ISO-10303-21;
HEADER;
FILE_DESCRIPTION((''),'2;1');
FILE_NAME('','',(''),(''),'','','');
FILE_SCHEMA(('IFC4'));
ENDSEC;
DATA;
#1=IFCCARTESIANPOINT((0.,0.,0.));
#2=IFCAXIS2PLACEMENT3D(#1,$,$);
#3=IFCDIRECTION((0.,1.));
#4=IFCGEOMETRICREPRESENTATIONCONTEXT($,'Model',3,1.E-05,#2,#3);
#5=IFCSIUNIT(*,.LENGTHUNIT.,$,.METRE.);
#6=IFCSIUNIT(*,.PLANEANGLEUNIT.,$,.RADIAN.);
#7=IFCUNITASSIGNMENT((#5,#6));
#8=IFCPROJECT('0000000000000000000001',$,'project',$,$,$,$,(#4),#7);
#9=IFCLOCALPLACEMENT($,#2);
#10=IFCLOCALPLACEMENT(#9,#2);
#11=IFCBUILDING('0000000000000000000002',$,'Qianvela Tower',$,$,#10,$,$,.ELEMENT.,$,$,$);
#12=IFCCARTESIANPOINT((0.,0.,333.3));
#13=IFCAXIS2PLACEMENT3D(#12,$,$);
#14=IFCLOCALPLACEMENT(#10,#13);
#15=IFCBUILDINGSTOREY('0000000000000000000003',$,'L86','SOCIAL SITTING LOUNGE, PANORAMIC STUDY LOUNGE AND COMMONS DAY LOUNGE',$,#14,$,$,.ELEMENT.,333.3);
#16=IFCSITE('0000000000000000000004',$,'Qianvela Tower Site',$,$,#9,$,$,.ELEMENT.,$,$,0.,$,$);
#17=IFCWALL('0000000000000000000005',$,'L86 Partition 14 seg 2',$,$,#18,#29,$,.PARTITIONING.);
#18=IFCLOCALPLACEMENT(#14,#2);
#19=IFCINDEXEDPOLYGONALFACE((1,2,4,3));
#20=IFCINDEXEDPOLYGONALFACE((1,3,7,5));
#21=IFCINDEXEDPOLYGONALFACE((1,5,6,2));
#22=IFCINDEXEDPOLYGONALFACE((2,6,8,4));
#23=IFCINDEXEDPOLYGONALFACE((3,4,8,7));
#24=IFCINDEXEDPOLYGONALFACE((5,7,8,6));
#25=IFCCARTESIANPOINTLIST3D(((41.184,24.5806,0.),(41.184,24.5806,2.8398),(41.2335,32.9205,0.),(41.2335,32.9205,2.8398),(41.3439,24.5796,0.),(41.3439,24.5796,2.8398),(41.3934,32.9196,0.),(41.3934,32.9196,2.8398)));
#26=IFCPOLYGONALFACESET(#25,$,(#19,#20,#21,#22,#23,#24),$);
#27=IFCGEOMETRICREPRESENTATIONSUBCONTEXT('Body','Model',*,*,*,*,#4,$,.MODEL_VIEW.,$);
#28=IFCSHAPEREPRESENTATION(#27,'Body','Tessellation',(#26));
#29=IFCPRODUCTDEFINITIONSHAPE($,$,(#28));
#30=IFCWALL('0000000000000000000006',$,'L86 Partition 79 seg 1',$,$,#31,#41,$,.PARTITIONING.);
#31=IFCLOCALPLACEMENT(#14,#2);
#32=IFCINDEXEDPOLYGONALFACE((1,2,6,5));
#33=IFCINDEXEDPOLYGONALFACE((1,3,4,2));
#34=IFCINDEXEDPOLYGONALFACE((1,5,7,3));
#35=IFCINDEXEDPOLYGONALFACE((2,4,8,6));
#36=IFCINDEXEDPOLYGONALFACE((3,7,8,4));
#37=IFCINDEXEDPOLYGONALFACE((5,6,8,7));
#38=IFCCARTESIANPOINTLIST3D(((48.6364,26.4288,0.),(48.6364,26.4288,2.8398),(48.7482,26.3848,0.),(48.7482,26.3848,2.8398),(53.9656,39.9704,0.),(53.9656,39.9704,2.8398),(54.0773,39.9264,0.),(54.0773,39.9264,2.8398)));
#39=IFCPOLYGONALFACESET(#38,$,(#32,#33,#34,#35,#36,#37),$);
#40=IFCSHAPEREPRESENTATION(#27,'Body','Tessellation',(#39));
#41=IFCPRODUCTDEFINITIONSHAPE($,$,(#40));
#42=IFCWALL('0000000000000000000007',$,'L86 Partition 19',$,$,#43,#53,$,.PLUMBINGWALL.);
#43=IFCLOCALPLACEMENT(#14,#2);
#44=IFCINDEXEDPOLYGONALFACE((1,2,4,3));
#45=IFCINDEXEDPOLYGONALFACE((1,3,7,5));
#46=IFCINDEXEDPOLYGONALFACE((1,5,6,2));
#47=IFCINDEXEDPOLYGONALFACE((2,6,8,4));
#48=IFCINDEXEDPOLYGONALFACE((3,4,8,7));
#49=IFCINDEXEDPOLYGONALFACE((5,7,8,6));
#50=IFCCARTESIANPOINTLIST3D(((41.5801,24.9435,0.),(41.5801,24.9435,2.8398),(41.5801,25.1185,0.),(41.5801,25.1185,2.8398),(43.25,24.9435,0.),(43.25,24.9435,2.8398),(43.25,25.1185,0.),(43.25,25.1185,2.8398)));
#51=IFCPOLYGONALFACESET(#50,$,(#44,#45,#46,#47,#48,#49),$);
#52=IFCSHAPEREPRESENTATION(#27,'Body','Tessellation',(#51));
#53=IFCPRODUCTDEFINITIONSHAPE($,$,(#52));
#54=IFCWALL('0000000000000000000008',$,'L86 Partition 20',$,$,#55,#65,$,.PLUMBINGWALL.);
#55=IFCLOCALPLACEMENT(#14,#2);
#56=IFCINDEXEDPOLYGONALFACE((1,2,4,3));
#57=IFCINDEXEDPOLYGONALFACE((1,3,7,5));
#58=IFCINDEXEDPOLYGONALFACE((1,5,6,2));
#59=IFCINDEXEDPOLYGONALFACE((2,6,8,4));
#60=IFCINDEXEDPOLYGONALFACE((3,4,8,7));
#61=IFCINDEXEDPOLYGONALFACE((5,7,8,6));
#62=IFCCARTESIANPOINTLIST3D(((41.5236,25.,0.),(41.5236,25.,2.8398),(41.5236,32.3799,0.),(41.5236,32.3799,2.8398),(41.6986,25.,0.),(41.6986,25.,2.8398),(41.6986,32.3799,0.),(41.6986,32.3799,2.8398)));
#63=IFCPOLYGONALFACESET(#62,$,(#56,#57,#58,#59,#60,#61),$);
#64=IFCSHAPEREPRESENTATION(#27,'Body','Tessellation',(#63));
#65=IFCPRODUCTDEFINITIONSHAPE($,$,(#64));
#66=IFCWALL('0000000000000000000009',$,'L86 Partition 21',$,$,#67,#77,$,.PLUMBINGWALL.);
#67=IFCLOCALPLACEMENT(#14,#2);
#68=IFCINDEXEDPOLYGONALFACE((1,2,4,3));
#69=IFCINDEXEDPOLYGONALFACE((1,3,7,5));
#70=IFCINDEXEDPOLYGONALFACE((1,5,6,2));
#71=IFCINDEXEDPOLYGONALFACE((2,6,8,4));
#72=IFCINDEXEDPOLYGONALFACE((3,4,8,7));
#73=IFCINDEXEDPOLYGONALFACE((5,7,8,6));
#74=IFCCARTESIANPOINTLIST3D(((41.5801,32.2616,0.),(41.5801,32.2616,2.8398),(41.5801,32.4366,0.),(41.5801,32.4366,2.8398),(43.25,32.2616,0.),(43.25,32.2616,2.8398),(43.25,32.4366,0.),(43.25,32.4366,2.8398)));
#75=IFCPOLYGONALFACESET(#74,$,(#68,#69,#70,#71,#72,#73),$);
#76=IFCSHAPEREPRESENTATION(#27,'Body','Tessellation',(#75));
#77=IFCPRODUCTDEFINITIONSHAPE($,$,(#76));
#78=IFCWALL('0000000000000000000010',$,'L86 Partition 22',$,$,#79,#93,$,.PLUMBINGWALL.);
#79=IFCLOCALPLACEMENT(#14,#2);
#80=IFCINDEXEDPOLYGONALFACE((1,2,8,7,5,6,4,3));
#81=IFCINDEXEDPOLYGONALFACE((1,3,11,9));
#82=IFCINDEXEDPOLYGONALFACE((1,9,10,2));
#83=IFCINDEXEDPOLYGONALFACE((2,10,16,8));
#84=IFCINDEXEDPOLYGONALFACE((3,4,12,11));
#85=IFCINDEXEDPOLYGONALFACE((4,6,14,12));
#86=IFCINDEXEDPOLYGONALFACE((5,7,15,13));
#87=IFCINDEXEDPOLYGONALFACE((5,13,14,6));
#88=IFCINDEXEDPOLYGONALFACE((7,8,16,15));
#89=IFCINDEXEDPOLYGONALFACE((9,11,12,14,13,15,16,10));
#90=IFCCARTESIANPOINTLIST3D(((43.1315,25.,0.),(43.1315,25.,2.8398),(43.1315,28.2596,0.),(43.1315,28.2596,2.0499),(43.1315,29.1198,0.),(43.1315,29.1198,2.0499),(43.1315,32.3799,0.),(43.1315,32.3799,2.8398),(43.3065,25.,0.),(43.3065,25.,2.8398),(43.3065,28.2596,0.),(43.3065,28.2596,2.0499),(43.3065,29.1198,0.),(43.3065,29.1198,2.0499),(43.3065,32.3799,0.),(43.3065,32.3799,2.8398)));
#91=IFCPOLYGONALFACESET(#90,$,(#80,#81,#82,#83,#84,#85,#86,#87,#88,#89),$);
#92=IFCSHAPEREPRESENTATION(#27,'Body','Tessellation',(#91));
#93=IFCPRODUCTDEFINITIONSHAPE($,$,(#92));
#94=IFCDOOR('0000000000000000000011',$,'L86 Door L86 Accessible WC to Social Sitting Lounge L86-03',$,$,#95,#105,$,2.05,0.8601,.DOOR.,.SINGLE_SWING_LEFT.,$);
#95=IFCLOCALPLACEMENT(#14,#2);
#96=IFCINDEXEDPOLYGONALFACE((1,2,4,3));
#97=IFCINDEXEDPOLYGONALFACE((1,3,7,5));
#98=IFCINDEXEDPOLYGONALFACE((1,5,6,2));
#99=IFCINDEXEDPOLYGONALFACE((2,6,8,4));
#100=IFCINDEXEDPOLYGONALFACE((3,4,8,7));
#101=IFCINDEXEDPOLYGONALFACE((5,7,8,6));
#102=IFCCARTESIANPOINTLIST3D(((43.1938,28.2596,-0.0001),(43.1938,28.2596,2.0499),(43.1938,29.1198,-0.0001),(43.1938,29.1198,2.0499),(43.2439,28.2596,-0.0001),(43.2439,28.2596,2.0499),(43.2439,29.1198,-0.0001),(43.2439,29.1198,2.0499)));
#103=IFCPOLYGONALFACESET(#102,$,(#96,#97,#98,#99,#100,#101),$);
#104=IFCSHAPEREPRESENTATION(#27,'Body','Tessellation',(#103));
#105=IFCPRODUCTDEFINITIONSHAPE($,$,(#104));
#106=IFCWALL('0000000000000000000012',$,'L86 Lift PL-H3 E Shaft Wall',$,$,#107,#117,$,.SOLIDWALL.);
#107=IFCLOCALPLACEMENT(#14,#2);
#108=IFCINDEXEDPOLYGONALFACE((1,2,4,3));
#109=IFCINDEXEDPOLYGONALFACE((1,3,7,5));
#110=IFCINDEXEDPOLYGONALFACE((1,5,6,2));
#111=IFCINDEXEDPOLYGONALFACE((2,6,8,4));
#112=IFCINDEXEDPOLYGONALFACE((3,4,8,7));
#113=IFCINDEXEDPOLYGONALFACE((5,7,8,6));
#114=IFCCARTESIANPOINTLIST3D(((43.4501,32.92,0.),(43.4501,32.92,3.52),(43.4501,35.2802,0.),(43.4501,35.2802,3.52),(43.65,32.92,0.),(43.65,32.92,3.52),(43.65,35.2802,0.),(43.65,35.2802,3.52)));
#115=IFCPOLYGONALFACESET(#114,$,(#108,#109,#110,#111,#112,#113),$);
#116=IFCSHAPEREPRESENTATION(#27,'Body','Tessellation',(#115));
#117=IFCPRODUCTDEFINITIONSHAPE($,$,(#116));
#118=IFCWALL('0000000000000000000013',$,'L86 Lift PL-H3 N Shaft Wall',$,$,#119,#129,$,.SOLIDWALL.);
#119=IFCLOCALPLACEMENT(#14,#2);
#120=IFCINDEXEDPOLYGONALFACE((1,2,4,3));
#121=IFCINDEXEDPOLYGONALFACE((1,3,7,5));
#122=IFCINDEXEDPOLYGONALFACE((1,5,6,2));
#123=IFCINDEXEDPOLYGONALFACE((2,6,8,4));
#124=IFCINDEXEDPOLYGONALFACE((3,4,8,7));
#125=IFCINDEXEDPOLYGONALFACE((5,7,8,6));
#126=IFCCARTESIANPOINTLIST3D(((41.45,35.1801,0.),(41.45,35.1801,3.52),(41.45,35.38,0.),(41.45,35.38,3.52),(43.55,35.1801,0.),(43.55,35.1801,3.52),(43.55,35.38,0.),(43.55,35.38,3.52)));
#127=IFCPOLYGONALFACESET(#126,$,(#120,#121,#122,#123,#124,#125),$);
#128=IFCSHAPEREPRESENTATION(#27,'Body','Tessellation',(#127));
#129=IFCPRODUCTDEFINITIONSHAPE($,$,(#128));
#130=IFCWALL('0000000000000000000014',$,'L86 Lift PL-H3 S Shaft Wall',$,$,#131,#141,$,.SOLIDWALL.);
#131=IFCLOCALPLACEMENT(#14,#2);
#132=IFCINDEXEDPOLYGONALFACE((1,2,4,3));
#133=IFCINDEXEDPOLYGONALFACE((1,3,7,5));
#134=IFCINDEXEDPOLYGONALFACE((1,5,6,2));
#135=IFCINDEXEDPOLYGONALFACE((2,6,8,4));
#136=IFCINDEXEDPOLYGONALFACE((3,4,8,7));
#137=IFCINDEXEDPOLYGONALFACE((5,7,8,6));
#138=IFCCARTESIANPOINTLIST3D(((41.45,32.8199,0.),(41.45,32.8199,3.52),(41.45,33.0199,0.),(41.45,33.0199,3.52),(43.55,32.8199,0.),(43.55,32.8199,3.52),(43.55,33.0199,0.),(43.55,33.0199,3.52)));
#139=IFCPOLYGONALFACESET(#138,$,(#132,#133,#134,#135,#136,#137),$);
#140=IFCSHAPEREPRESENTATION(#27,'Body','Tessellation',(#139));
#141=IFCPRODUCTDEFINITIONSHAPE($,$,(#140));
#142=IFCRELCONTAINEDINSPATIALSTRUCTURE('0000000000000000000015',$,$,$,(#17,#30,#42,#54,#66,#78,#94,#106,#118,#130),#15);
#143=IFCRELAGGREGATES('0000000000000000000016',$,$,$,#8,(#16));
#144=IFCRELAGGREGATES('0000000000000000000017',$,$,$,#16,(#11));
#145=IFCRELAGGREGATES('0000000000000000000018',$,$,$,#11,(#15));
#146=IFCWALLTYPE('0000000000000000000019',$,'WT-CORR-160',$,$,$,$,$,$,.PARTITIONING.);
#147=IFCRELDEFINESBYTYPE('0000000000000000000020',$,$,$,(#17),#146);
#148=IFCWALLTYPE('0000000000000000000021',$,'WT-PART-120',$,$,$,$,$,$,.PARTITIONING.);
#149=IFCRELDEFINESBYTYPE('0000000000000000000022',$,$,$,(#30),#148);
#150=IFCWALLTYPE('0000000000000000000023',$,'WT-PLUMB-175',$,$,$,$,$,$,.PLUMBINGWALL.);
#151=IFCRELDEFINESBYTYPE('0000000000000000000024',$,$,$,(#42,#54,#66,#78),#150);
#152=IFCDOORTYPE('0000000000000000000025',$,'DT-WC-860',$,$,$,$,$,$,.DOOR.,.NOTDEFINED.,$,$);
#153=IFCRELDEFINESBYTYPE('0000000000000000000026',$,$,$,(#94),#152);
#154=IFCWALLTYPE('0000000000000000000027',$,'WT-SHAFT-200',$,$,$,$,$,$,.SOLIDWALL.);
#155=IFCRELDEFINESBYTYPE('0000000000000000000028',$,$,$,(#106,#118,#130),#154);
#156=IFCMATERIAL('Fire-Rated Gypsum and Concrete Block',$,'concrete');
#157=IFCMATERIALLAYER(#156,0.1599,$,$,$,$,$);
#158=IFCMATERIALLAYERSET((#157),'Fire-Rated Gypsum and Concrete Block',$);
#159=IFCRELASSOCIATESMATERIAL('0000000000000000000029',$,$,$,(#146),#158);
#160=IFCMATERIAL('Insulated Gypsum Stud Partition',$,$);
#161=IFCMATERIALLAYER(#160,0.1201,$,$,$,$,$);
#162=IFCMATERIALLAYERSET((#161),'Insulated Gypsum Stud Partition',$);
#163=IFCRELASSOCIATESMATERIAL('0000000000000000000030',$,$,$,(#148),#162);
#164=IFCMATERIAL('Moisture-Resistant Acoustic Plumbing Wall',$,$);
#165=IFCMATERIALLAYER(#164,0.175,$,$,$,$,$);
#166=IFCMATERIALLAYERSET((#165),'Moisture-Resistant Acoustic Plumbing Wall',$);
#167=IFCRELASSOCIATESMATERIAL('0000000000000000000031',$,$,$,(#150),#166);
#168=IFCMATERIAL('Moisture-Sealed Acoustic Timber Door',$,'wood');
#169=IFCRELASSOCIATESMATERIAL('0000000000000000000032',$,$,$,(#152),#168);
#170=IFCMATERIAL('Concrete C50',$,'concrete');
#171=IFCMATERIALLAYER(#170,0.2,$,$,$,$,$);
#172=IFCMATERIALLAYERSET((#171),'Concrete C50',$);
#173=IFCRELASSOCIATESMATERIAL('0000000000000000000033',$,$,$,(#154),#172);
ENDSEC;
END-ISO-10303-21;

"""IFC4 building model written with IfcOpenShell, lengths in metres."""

from ifc_helpers import new_model, si_unit, direction, frame, frame_2d, origin, place, context, subcontext, project, spatial, rectangle, extrude, material, layer, layer_set, type_object, element, fill, save


model = new_model("IFC4")

# Units and contexts
model_context = context("Model", 3, precision=1e-05, world=origin(), true_north=direction((0.0, 1.0)))
body_context = subcontext(model_context, "Body", "Model", "MODEL_VIEW")
ifc_project = project(units=[si_unit("LENGTHUNIT", "METRE"), si_unit("PLANEANGLEUNIT", "RADIAN")], contexts=[model_context])

# Site, building, storey
site_placement = place(None, origin())
site = spatial("IfcSite", under=ifc_project, at=site_placement, Name="Qianvela Tower Site", CompositionType="ELEMENT", RefElevation=0.0)
building_placement = place(site_placement, origin())
building = spatial("IfcBuilding", under=site, at=building_placement, Name="Qianvela Tower", CompositionType="ELEMENT")
storey_placement = place(building_placement, frame((0.0, 0.0, 333.3)))
storey = spatial("IfcBuildingStorey", under=building, at=storey_placement, Name="L86", Description="SOCIAL SITTING LOUNGE, PANORAMIC STUDY LOUNGE AND COMMONS DAY LOUNGE", CompositionType="ELEMENT", Elevation=333.3)

# Walls
ifc_material_1 = material(Name="Fire-Rated Gypsum and Concrete Block", Category="concrete")
ifc_layer_1 = layer(ifc_material_1, 0.1599)
ifc_layer_set_1 = layer_set([ifc_layer_1], Name="Fire-Rated Gypsum and Concrete Block")
wall_type_1 = type_object("IfcWallType", Name="WT-CORR-160", PredefinedType="PARTITIONING", material=ifc_layer_set_1)
wall_1_placement = place(storey_placement, frame((41.3135, 32.9199, 0.0), z_axis=(0.0, 0.0, 1.0), x_axis=(-0.005943, -0.999982, 0.0)))
element("IfcWall", 1, at=wall_1_placement, inside=storey, type_object=wall_type_1, Name="L86 Partition 14 seg 2", PredefinedType="PARTITIONING", context=body_context, shape_type="SweptSolid", body=[
    extrude(rectangle(XDim=8.3401, YDim=0.1599, at=frame_2d((4.1699, 0.0))), origin(), (0.0, 0.0, 1.0), 2.8398),
])
ifc_material_2 = material(Name="Insulated Gypsum Stud Partition")
ifc_layer_2 = layer(ifc_material_2, 0.1201)
ifc_layer_set_2 = layer_set([ifc_layer_2], Name="Insulated Gypsum Stud Partition")
wall_type_2 = type_object("IfcWallType", Name="WT-PART-120", PredefinedType="PARTITIONING", material=ifc_layer_set_2)
wall_2_placement = place(storey_placement, frame((54.0215, 39.9485, 0.0), z_axis=(0.0, 0.0, 1.0), x_axis=(-0.366201, -0.930536, 0.0)))
element("IfcWall", 2, at=wall_2_placement, inside=storey, type_object=wall_type_2, Name="L86 Partition 79 seg 1", PredefinedType="PARTITIONING", context=body_context, shape_type="SweptSolid", body=[
    extrude(rectangle(XDim=14.5525, YDim=0.1201, at=frame_2d((7.2764, 0.0))), origin(), (0.0, 0.0, 1.0), 2.8398),
])
ifc_material_3 = material(Name="Moisture-Resistant Acoustic Plumbing Wall")
ifc_layer_3 = layer(ifc_material_3, 0.175)
ifc_layer_set_3 = layer_set([ifc_layer_3], Name="Moisture-Resistant Acoustic Plumbing Wall")
wall_type_3 = type_object("IfcWallType", Name="WT-PLUMB-175", PredefinedType="PLUMBINGWALL", material=ifc_layer_set_3)
wall_3_placement = place(storey_placement, frame((43.25, 25.031, 0.0), z_axis=(0.0, 0.0, 1.0), x_axis=(-1.0, 0.0, 0.0)))
element("IfcWall", 3, at=wall_3_placement, inside=storey, type_object=wall_type_3, Name="L86 Partition 19", PredefinedType="PLUMBINGWALL", context=body_context, shape_type="SweptSolid", body=[
    extrude(rectangle(XDim=1.6699, YDim=0.175, at=frame_2d((0.835, 0.0))), origin(), (0.0, 0.0, 1.0), 2.8398),
])
wall_4_placement = place(storey_placement, frame((41.6111, 25.0, 0.0), z_axis=(0.0, 0.0, 1.0), x_axis=(0.0, 1.0, 0.0)))
element("IfcWall", 4, at=wall_4_placement, inside=storey, type_object=wall_type_3, Name="L86 Partition 20", PredefinedType="PLUMBINGWALL", context=body_context, shape_type="SweptSolid", body=[
    extrude(rectangle(XDim=7.3799, YDim=0.175, at=frame_2d((3.6899, 0.0))), origin(), (0.0, 0.0, 1.0), 2.8398),
])
wall_5_placement = place(storey_placement, frame((41.5801, 32.3491, 0.0), z_axis=(0.0, 0.0, 1.0), x_axis=(1.0, 0.0, 0.0)))
element("IfcWall", 5, at=wall_5_placement, inside=storey, type_object=wall_type_3, Name="L86 Partition 21", PredefinedType="PLUMBINGWALL", context=body_context, shape_type="SweptSolid", body=[
    extrude(rectangle(XDim=1.6699, YDim=0.175, at=frame_2d((0.835, 0.0))), origin(), (0.0, 0.0, 1.0), 2.8398),
])

# Wall, opening, door
wall_6_placement = place(storey_placement, frame((43.219, 32.3799, 0.0), z_axis=(0.0, 0.0, 1.0), x_axis=(0.0, -1.0, 0.0)))
wall_6 = element("IfcWall", 6, at=wall_6_placement, inside=storey, type_object=wall_type_3, Name="L86 Partition 22", PredefinedType="PLUMBINGWALL", context=body_context, shape_type="SweptSolid", body=[
    extrude(rectangle(XDim=7.3799, YDim=0.175, at=frame_2d((3.6899, 0.0))), origin(), (0.0, 0.0, 1.0), 2.8398),
])
opening_1_placement = place(wall_6_placement, frame((3.26, 0.0, 0.0)))
opening_1 = element("IfcOpeningElement", 7, at=opening_1_placement, cuts=wall_6, PredefinedType="OPENING", context=body_context, shape_type="SweptSolid", body=[
    extrude(rectangle(XDim=0.8601, YDim=2.05, at=frame_2d((0.4302, 1.0249))), frame((0.0, 0.0974, 0.0), z_axis=(0.0, -1.0, 0.0), x_axis=(1.0, 0.0, 0.0)), (0.0, 0.0, 1.0), 0.1951),
])
ifc_material_4 = material(Name="Moisture-Sealed Acoustic Timber Door", Category="wood")
door_type_1 = type_object("IfcDoorType", Name="DT-WC-860", OperationType="NOTDEFINED", PredefinedType="DOOR", material=ifc_material_4)
door_1_placement = place(opening_1_placement, origin())
door_1 = element("IfcDoor", 8, at=door_1_placement, inside=storey, type_object=door_type_1, Name="L86 Door L86 Accessible WC to Social Sitting Lounge L86-03", OperationType="SINGLE_SWING_LEFT", OverallHeight=2.05, OverallWidth=0.8601, PredefinedType="DOOR", context=body_context, shape_type="SweptSolid", body=[
    extrude(rectangle(XDim=0.8601, YDim=2.05, at=frame_2d((0.4302, 1.0249))), frame((0.0, 0.0249, 0.0), z_axis=(0.0, -1.0, 0.0), x_axis=(1.0, 0.0, 0.0)), (0.0, 0.0, 1.0), 0.05),
])
fill(opening_1, door_1)

# Wall
ifc_material_5 = material(Name="Concrete C50", Category="concrete")
ifc_layer_4 = layer(ifc_material_5, 0.2)
ifc_layer_set_4 = layer_set([ifc_layer_4], Name="Concrete C50")
wall_type_4 = type_object("IfcWallType", Name="WT-SHAFT-200", PredefinedType="SOLIDWALL", material=ifc_layer_set_4)
wall_7_placement = place(storey_placement, frame((43.55, 32.9199, 0.0), z_axis=(0.0, 0.0, 1.0), x_axis=(0.0, 1.0, 0.0)))
element("IfcWall", 9, at=wall_7_placement, inside=storey, type_object=wall_type_4, Name="L86 Lift PL-H3 E Shaft Wall", PredefinedType="SOLIDWALL", context=body_context, shape_type="SweptSolid", body=[
    extrude(rectangle(XDim=2.3601, YDim=0.2, at=frame_2d((1.1802, 0.0))), origin(), (0.0, 0.0, 1.0), 3.52),
])

# Walls
for number, where, z_axis, x_axis, name in (
    (10, (41.45, 35.28, 0.0), (0.0, 0.0, 1.0), (1.0, 0.0, 0.0), "L86 Lift PL-H3 N Shaft Wall"),
    (11, (41.45, 32.9199, 0.0), (0.0, 0.0, 1.0), (1.0, 0.0, 0.0), "L86 Lift PL-H3 S Shaft Wall"),
):
    element("IfcWall", number, at=place(storey_placement, frame(where, z_axis=z_axis, x_axis=x_axis)), inside=storey, type_object=wall_type_4, Name=name, PredefinedType="SOLIDWALL", context=body_context, shape_type="SweptSolid", body=[
        extrude(rectangle(XDim=2.1001, YDim=0.2, at=frame_2d((1.05, 0.0))), origin(), (0.0, 0.0, 1.0), 3.52),
    ])

save(model, "model.ifc")
